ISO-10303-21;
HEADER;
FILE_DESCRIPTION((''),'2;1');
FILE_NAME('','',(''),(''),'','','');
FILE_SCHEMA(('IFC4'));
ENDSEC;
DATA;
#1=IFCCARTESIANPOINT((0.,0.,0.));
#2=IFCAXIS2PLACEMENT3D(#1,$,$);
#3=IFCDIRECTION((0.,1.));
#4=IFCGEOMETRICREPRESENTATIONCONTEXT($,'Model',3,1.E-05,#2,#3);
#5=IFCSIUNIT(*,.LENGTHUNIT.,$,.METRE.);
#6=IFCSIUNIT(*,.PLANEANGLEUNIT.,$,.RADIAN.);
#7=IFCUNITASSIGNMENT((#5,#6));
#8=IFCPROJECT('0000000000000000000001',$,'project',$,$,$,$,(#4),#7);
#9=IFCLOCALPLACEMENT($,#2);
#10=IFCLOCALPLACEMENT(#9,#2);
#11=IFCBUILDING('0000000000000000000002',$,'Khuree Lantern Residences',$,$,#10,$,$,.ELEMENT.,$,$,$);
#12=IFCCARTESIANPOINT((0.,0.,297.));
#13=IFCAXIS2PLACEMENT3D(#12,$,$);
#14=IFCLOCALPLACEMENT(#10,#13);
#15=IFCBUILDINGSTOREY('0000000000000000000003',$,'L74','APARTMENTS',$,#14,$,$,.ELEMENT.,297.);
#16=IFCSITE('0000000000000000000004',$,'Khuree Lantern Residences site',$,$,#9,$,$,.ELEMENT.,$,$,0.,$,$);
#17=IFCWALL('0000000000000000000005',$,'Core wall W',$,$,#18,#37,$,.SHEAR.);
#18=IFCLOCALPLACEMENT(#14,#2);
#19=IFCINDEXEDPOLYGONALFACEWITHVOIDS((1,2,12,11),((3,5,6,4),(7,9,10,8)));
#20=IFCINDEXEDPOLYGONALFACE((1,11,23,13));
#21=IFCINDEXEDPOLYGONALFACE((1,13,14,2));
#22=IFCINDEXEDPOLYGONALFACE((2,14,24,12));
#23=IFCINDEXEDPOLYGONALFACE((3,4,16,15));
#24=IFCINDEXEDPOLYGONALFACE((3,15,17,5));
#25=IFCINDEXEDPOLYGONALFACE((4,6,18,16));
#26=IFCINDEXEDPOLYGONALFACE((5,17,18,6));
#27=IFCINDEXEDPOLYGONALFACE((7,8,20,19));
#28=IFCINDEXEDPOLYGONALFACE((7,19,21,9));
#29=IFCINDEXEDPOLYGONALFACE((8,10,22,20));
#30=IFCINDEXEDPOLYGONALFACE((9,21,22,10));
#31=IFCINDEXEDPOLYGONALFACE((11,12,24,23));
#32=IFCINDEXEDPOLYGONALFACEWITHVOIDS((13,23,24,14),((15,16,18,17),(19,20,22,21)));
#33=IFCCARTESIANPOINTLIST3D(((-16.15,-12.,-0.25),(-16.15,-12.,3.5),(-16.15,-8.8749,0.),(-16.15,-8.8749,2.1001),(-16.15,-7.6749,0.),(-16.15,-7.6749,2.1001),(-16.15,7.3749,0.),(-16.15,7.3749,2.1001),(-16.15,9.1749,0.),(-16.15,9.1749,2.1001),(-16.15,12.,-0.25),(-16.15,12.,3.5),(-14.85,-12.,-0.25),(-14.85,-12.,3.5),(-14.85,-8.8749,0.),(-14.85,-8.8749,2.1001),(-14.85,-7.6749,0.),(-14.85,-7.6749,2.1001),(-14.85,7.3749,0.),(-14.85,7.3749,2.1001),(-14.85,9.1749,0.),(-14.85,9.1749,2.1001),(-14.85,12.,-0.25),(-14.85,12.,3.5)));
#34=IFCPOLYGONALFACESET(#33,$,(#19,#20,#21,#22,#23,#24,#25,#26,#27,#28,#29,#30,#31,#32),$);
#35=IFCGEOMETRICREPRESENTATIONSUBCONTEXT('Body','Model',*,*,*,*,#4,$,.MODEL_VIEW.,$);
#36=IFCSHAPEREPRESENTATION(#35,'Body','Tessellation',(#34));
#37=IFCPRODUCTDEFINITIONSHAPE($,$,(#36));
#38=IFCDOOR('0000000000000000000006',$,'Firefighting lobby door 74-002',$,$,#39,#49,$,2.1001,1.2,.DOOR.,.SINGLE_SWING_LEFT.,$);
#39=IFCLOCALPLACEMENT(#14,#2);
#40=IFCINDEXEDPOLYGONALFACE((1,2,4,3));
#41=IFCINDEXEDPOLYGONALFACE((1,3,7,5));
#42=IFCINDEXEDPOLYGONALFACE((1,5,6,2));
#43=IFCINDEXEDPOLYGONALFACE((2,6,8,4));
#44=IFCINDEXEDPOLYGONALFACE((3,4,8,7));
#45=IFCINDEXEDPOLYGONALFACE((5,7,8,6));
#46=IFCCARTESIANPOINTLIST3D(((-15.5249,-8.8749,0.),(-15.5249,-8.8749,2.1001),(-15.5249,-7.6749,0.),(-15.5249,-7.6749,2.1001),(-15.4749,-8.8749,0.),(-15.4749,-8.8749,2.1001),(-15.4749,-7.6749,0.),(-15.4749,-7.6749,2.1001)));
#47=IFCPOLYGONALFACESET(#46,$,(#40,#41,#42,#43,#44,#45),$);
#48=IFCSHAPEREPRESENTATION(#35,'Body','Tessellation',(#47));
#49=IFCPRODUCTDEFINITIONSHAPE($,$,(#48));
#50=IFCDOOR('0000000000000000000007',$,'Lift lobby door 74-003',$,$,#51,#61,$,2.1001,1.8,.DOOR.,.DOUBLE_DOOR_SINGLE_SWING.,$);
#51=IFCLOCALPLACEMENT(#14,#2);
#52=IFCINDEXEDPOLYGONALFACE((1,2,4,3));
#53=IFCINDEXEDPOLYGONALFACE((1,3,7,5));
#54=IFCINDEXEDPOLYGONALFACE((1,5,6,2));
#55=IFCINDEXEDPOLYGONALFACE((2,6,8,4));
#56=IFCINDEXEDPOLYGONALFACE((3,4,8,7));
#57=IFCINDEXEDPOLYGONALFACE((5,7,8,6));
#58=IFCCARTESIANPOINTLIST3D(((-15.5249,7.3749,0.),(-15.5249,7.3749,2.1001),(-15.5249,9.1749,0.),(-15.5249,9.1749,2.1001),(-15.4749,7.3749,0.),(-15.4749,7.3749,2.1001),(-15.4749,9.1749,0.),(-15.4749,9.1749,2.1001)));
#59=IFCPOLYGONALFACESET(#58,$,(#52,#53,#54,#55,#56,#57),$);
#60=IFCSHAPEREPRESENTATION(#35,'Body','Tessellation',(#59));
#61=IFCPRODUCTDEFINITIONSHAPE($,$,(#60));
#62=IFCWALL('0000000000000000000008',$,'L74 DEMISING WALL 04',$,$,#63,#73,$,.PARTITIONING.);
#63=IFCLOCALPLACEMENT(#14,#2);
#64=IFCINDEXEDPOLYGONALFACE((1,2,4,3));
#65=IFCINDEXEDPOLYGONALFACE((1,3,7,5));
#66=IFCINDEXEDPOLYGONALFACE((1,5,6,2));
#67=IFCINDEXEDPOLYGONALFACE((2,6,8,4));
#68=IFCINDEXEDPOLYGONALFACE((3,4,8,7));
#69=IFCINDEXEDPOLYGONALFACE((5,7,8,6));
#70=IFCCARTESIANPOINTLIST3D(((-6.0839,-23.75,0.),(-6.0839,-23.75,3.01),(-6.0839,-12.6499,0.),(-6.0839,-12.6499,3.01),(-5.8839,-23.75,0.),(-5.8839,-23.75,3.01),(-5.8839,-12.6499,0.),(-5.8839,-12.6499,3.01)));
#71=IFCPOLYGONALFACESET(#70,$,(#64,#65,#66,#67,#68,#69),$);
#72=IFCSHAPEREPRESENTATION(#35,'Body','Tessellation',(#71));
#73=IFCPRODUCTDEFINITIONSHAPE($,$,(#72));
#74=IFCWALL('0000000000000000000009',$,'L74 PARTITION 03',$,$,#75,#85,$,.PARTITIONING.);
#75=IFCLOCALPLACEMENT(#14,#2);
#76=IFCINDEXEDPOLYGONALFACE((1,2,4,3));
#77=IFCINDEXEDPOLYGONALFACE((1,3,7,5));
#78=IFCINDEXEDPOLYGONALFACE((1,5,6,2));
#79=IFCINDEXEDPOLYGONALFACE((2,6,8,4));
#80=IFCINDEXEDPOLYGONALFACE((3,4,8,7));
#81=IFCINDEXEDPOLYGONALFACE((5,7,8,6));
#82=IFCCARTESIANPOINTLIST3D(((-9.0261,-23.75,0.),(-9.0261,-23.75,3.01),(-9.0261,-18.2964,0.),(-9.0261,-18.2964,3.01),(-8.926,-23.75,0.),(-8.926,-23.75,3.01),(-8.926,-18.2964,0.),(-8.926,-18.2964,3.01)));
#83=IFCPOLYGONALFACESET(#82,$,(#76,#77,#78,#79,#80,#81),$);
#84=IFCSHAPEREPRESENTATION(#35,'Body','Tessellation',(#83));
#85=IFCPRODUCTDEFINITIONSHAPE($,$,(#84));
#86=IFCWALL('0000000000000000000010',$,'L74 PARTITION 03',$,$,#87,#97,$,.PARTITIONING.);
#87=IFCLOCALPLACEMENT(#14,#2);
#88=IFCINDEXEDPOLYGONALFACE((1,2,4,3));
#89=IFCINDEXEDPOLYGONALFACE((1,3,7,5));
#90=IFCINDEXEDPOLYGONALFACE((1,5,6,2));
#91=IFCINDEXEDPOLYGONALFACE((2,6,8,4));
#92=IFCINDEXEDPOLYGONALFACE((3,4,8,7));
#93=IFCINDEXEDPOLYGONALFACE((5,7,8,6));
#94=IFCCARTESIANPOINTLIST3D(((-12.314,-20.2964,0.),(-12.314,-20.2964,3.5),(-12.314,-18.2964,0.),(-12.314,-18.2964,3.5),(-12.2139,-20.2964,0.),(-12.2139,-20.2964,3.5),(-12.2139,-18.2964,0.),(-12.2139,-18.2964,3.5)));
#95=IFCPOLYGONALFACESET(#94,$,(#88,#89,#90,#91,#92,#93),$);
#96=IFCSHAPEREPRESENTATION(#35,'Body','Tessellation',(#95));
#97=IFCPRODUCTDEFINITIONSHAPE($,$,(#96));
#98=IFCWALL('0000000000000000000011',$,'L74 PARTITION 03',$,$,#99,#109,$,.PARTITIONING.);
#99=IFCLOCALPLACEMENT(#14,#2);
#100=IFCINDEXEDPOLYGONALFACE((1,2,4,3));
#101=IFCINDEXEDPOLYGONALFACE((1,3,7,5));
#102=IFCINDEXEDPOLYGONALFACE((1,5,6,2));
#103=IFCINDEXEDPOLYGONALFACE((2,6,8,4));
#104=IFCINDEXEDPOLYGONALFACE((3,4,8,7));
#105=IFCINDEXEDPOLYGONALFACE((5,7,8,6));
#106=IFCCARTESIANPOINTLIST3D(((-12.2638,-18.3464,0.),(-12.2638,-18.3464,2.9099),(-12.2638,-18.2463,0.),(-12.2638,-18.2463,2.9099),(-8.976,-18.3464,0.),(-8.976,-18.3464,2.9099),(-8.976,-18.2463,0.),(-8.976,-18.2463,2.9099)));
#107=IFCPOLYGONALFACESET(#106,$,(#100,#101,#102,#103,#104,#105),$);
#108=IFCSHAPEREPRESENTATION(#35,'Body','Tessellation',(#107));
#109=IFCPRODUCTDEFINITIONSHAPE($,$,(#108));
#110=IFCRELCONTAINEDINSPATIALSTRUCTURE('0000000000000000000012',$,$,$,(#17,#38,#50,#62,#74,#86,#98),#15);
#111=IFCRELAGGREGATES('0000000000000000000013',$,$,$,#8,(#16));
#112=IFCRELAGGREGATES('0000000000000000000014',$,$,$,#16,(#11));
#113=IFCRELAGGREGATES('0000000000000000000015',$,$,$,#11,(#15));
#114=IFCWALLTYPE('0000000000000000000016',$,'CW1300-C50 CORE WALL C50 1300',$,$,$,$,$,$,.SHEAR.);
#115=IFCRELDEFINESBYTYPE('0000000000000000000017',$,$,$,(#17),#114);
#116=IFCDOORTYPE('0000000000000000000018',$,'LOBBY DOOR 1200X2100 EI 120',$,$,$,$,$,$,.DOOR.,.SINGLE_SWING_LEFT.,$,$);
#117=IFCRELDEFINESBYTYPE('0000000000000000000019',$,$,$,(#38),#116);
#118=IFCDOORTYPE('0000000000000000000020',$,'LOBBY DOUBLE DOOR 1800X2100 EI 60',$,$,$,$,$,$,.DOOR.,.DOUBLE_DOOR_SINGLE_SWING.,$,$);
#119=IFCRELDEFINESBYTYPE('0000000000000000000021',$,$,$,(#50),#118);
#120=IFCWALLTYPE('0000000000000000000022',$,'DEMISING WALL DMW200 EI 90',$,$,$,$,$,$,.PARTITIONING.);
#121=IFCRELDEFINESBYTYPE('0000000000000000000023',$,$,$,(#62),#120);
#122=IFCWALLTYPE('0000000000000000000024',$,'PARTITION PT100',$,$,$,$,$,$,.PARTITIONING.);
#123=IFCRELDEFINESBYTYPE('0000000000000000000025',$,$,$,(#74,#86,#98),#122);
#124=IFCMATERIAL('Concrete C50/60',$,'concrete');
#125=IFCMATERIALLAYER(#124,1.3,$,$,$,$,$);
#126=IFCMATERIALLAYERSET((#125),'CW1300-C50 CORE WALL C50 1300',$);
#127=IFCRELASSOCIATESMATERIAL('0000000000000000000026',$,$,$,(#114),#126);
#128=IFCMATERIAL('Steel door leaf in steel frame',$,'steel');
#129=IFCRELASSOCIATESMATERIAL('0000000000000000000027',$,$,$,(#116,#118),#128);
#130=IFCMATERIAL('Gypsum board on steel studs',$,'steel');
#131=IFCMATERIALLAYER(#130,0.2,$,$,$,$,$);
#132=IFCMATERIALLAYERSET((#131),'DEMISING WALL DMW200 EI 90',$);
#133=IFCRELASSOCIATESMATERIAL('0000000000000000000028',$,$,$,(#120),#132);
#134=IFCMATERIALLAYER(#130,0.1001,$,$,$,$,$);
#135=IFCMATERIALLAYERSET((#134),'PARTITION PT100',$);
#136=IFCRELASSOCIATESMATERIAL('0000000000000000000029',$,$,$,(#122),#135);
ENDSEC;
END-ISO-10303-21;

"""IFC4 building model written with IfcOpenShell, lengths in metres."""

from ifc_helpers import new_model, si_unit, direction, frame, frame_2d, origin, place, context, subcontext, project, spatial, rectangle, extrude, material, layer, layer_set, type_object, element, fill, save


model = new_model("IFC4")

# Units and contexts
model_context = context("Model", 3, precision=1e-05, world=origin(), true_north=direction((0.0, 1.0)))
body_context = subcontext(model_context, "Body", "Model", "MODEL_VIEW")
ifc_project = project(units=[si_unit("LENGTHUNIT", "METRE"), si_unit("PLANEANGLEUNIT", "RADIAN")], contexts=[model_context])

# Site, building, storey
site_placement = place(None, origin())
site = spatial("IfcSite", under=ifc_project, at=site_placement, Name="Khuree Lantern Residences site", CompositionType="ELEMENT", RefElevation=0.0)
building_placement = place(site_placement, origin())
building = spatial("IfcBuilding", under=site, at=building_placement, Name="Khuree Lantern Residences", CompositionType="ELEMENT")
storey_placement = place(building_placement, frame((0.0, 0.0, 297.0)))
storey = spatial("IfcBuildingStorey", under=building, at=storey_placement, Name="L74", Description="APARTMENTS", CompositionType="ELEMENT", Elevation=297.0)

# Shared definitions
ifc_material_1 = material(Name="Concrete C50/60", Category="concrete")
ifc_layer_1 = layer(ifc_material_1, 1.3)
ifc_layer_set_1 = layer_set([ifc_layer_1], Name="CW1300-C50 CORE WALL C50 1300")
wall_type_1 = type_object("IfcWallType", Name="CW1300-C50 CORE WALL C50 1300", PredefinedType="SHEAR", material=ifc_layer_set_1)

# Wall, openings, doors
wall_1_placement = place(storey_placement, frame((-15.5, -12.0, -0.25), z_axis=(0.0, 0.0, 1.0), x_axis=(0.0, 1.0, 0.0)))
wall_1 = element("IfcWall", 1, at=wall_1_placement, inside=storey, type_object=wall_type_1, Name="Core wall W", PredefinedType="SHEAR", context=body_context, shape_type="SweptSolid", body=[
    extrude(rectangle(XDim=24.0, YDim=1.3, at=frame_2d((12.0, 0.0))), origin(), (0.0, 0.0, 1.0), 3.75),
])
opening_1_placement = place(wall_1_placement, frame((3.125, 0.0, 0.25)))
opening_1 = element("IfcOpeningElement", 2, at=opening_1_placement, cuts=wall_1, PredefinedType="OPENING", context=body_context, shape_type="SweptSolid", body=[
    extrude(rectangle(XDim=1.2, YDim=2.1001, at=frame_2d((0.6001, 1.05))), frame((0.0, 0.6602, 0.0), z_axis=(0.0, -1.0, 0.0), x_axis=(1.0, 0.0, 0.0)), (0.0, 0.0, 1.0), 1.3201),
])
opening_2_placement = place(wall_1_placement, frame((19.375, 0.0, 0.25)))
opening_2 = element("IfcOpeningElement", 3, at=opening_2_placement, cuts=wall_1, PredefinedType="OPENING", context=body_context, shape_type="SweptSolid", body=[
    extrude(rectangle(XDim=1.8, YDim=2.1001, at=frame_2d((0.8999, 1.05))), frame((0.0, 0.6602, 0.0), z_axis=(0.0, -1.0, 0.0), x_axis=(1.0, 0.0, 0.0)), (0.0, 0.0, 1.0), 1.3201),
])
ifc_material_2 = material(Name="Steel door leaf in steel frame", Category="steel")
door_type_1 = type_object("IfcDoorType", Name="LOBBY DOOR 1200X2100 EI 120", OperationType="SINGLE_SWING_LEFT", PredefinedType="DOOR", material=ifc_material_2)
door_1_placement = place(opening_1_placement, origin())
door_1 = element("IfcDoor", 4, at=door_1_placement, inside=storey, type_object=door_type_1, Name="Firefighting lobby door 74-002", OperationType="SINGLE_SWING_LEFT", OverallHeight=2.1001, OverallWidth=1.2, PredefinedType="DOOR", context=body_context, shape_type="SweptSolid", body=[
    extrude(rectangle(XDim=1.2, YDim=2.1001, at=frame_2d((0.6001, 1.05))), frame((0.0, 0.0249, 0.0), z_axis=(0.0, -1.0, 0.0), x_axis=(1.0, 0.0, 0.0)), (0.0, 0.0, 1.0), 0.05),
])
fill(opening_1, door_1)
door_type_2 = type_object("IfcDoorType", Name="LOBBY DOUBLE DOOR 1800X2100 EI 60", OperationType="DOUBLE_DOOR_SINGLE_SWING", PredefinedType="DOOR", material=ifc_material_2)
door_2_placement = place(opening_2_placement, origin())
door_2 = element("IfcDoor", 5, at=door_2_placement, inside=storey, type_object=door_type_2, Name="Lift lobby door 74-003", OperationType="DOUBLE_DOOR_SINGLE_SWING", OverallHeight=2.1001, OverallWidth=1.8, PredefinedType="DOOR", context=body_context, shape_type="SweptSolid", body=[
    extrude(rectangle(XDim=1.8, YDim=2.1001, at=frame_2d((0.8999, 1.05))), frame((0.0, 0.0249, 0.0), z_axis=(0.0, -1.0, 0.0), x_axis=(1.0, 0.0, 0.0)), (0.0, 0.0, 1.0), 0.05),
])
fill(opening_2, door_2)

# Walls
ifc_material_3 = material(Name="Gypsum board on steel studs", Category="steel")
ifc_layer_2 = layer(ifc_material_3, 0.2)
ifc_layer_set_2 = layer_set([ifc_layer_2], Name="DEMISING WALL DMW200 EI 90")
wall_type_2 = type_object("IfcWallType", Name="DEMISING WALL DMW200 EI 90", PredefinedType="PARTITIONING", material=ifc_layer_set_2)
wall_2_placement = place(storey_placement, frame((-5.9839, -12.6499, 0.0), z_axis=(0.0, 0.0, 1.0), x_axis=(0.0, -1.0, 0.0)))
element("IfcWall", 6, at=wall_2_placement, inside=storey, type_object=wall_type_2, Name="L74 DEMISING WALL 04", PredefinedType="PARTITIONING", context=body_context, shape_type="SweptSolid", body=[
    extrude(rectangle(XDim=11.1001, YDim=0.2, at=frame_2d((5.55, 0.0))), origin(), (0.0, 0.0, 1.0), 3.01),
])
ifc_layer_3 = layer(ifc_material_3, 0.1001)
ifc_layer_set_3 = layer_set([ifc_layer_3], Name="PARTITION PT100")
wall_type_3 = type_object("IfcWallType", Name="PARTITION PT100", PredefinedType="PARTITIONING", material=ifc_layer_set_3)
wall_3_placement = place(storey_placement, frame((-8.9761, -18.2964, 0.0), z_axis=(0.0, 0.0, 1.0), x_axis=(0.0, -1.0, 0.0)))
element("IfcWall", 7, at=wall_3_placement, inside=storey, type_object=wall_type_3, Name="L74 PARTITION 03", PredefinedType="PARTITIONING", context=body_context, shape_type="SweptSolid", body=[
    extrude(rectangle(XDim=5.4536, YDim=0.1001, at=frame_2d((2.7268, 0.0))), origin(), (0.0, 0.0, 1.0), 3.01),
])
wall_4_placement = place(storey_placement, frame((-12.2639, -18.2964, 0.0), z_axis=(0.0, 0.0, 1.0), x_axis=(0.0, -1.0, 0.0)))
element("IfcWall", 8, at=wall_4_placement, inside=storey, type_object=wall_type_3, Name="L74 PARTITION 03", PredefinedType="PARTITIONING", context=body_context, shape_type="SweptSolid", body=[
    extrude(rectangle(XDim=2.0, YDim=0.1001, at=frame_2d((1.0, 0.0))), origin(), (0.0, 0.0, 1.0), 3.5),
])
wall_5_placement = place(storey_placement, frame((-12.2639, -18.2964, 0.0), z_axis=(0.0, 0.0, 1.0), x_axis=(1.0, 0.0, 0.0)))
element("IfcWall", 9, at=wall_5_placement, inside=storey, type_object=wall_type_3, Name="L74 PARTITION 03", PredefinedType="PARTITIONING", context=body_context, shape_type="SweptSolid", body=[
    extrude(rectangle(XDim=3.2878, YDim=0.1001, at=frame_2d((1.644, 0.0))), origin(), (0.0, 0.0, 1.0), 2.9099),
])

save(model, "model.ifc")
